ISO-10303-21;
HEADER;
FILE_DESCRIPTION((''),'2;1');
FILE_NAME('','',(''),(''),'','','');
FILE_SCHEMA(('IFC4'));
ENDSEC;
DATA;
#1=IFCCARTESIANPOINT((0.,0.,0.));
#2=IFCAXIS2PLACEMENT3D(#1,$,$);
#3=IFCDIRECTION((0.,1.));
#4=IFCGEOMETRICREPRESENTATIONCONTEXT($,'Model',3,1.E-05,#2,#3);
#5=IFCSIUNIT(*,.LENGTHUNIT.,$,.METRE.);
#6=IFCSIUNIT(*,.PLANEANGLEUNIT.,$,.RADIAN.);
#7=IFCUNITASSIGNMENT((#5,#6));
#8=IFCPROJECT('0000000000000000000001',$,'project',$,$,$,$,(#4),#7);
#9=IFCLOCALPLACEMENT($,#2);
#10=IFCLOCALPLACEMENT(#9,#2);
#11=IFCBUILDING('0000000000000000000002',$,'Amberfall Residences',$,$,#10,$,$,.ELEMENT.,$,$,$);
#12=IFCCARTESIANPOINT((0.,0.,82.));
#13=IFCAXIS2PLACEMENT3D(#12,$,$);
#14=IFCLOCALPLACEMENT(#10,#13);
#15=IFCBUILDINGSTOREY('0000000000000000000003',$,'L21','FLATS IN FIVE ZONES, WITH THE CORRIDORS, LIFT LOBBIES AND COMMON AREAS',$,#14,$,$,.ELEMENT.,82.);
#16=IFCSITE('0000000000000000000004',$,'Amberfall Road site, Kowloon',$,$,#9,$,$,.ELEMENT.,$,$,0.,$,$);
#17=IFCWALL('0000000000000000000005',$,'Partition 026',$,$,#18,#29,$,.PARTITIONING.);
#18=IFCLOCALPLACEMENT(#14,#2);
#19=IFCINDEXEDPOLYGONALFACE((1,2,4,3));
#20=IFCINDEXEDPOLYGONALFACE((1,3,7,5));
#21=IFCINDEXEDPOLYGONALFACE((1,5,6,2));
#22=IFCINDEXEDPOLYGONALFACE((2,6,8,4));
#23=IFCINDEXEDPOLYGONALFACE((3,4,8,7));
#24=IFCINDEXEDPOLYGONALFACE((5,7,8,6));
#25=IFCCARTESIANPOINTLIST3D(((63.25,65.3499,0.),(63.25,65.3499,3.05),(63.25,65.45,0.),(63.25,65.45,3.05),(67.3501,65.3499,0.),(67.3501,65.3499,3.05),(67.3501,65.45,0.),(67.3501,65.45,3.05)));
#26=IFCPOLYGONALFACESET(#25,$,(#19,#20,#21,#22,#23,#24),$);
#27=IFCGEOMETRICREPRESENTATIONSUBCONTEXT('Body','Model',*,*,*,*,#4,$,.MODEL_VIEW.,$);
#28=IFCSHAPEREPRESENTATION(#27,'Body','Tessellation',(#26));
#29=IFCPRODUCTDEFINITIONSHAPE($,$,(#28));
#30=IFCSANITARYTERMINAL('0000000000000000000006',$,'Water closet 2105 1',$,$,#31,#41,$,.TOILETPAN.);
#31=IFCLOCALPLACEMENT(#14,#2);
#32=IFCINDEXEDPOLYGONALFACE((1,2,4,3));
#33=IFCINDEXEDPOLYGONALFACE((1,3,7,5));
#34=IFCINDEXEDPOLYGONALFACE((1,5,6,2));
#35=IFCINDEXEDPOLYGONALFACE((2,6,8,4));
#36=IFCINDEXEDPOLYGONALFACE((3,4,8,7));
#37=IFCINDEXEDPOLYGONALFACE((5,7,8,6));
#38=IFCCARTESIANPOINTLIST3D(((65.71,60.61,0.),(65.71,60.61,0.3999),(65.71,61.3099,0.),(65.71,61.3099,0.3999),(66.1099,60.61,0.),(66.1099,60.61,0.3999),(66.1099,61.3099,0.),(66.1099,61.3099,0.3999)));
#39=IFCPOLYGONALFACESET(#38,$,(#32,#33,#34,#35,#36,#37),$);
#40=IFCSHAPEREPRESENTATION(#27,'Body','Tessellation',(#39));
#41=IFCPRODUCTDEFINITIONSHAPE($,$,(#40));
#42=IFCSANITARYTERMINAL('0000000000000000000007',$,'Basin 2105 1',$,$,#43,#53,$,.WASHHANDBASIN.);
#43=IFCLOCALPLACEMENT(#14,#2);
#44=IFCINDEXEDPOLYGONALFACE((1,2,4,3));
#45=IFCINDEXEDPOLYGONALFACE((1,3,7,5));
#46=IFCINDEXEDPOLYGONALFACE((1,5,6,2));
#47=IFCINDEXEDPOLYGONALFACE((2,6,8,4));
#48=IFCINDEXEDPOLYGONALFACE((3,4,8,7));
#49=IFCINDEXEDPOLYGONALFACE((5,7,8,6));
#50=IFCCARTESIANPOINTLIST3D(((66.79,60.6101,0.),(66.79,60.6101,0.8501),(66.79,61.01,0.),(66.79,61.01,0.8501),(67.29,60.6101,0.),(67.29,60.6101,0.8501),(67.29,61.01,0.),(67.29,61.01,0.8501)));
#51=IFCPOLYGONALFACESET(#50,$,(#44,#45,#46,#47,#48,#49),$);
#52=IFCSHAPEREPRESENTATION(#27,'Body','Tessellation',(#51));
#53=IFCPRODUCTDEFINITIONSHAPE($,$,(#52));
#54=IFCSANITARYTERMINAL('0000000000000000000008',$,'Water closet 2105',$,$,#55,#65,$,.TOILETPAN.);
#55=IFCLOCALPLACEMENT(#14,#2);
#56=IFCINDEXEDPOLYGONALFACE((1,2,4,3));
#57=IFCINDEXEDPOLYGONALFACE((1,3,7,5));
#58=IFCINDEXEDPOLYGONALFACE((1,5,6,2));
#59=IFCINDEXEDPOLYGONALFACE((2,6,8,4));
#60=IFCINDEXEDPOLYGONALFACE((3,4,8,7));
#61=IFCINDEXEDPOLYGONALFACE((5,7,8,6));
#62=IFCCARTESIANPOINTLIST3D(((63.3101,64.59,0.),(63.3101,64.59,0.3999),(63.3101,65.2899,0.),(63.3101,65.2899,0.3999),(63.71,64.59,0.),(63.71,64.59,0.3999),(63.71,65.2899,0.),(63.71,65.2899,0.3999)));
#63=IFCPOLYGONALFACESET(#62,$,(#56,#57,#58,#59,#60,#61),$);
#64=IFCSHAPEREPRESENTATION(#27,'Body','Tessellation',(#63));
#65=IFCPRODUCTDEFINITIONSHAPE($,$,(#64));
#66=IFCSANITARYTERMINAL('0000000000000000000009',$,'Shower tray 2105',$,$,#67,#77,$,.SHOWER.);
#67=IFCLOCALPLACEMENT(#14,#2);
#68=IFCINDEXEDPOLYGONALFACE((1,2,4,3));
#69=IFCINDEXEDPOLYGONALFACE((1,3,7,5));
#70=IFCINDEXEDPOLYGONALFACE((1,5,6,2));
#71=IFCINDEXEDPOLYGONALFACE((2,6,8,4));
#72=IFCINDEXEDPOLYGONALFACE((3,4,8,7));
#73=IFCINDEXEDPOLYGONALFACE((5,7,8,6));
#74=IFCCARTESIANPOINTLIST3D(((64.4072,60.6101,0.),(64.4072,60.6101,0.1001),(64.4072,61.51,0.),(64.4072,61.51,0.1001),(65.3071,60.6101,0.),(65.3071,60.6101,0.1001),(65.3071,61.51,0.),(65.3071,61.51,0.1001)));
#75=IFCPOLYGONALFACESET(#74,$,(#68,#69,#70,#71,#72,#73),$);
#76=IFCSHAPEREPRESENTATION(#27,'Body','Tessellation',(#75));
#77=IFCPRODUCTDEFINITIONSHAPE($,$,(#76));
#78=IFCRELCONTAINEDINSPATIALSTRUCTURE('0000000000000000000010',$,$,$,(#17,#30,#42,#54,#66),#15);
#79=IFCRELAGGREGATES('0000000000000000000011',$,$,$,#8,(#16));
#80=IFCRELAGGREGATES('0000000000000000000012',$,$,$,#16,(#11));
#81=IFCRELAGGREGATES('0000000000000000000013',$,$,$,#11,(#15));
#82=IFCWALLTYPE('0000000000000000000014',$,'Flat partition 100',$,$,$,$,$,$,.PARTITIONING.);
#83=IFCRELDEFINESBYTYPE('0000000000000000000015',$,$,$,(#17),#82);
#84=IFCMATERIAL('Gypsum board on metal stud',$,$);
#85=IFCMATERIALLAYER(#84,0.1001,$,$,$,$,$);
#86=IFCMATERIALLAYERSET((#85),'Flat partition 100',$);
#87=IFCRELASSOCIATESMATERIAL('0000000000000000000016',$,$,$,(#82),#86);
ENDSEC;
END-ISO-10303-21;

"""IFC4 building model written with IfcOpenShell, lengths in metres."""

from ifc_helpers import new_model, si_unit, direction, frame, frame_2d, origin, origin_2d, place, context, subcontext, project, spatial, rectangle, extrude, material, layer, layer_set, type_object, element, save


model = new_model("IFC4")

# Units and contexts
model_context = context("Model", 3, precision=1e-05, world=origin(), true_north=direction((0.0, 1.0)))
body_context = subcontext(model_context, "Body", "Model", "MODEL_VIEW")
ifc_project = project(units=[si_unit("LENGTHUNIT", "METRE"), si_unit("PLANEANGLEUNIT", "RADIAN")], contexts=[model_context])

# Site, building, storey
site_placement = place(None, origin())
site = spatial("IfcSite", under=ifc_project, at=site_placement, Name="Amberfall Road site, Kowloon", CompositionType="ELEMENT", RefElevation=0.0)
building_placement = place(site_placement, origin())
building = spatial("IfcBuilding", under=site, at=building_placement, Name="Amberfall Residences", CompositionType="ELEMENT")
storey_placement = place(building_placement, frame((0.0, 0.0, 82.0)))
storey = spatial("IfcBuildingStorey", under=building, at=storey_placement, Name="L21", Description="FLATS IN FIVE ZONES, WITH THE CORRIDORS, LIFT LOBBIES AND COMMON AREAS", CompositionType="ELEMENT", Elevation=82.0)

# Wall
ifc_material_1 = material(Name="Gypsum board on metal stud")
ifc_layer_1 = layer(ifc_material_1, 0.1001)
ifc_layer_set_1 = layer_set([ifc_layer_1], Name="Flat partition 100")
wall_type = type_object("IfcWallType", Name="Flat partition 100", PredefinedType="PARTITIONING", material=ifc_layer_set_1)
wall_placement = place(storey_placement, frame((63.25, 65.3999, 0.0), z_axis=(0.0, 0.0, 1.0), x_axis=(1.0, 0.0, 0.0)))
element("IfcWall", 1, at=wall_placement, inside=storey, type_object=wall_type, Name="Partition 026", PredefinedType="PARTITIONING", context=body_context, shape_type="SweptSolid", body=[
    extrude(rectangle(XDim=4.1001, YDim=0.1001, at=frame_2d((2.05, 0.0))), origin(), (0.0, 0.0, 1.0), 3.05),
])

# Sanitary terminals
sanitary_terminal_1_placement = place(storey_placement, frame((65.9099, 60.96, 0.0), z_axis=(0.0, 0.0, 1.0), x_axis=(1.0, 0.0, 0.0)))
element("IfcSanitaryTerminal", 2, at=sanitary_terminal_1_placement, inside=storey, Name="Water closet 2105 1", PredefinedType="TOILETPAN", context=body_context, shape_type="SweptSolid", body=[
    extrude(rectangle(XDim=0.3999, YDim=0.7, at=origin_2d()), origin(), (0.0, 0.0, 1.0), 0.3999),
])
sanitary_terminal_2_placement = place(storey_placement, frame((67.04, 60.8101, 0.0), z_axis=(0.0, 0.0, 1.0), x_axis=(1.0, 0.0, 0.0)))
element("IfcSanitaryTerminal", 3, at=sanitary_terminal_2_placement, inside=storey, Name="Basin 2105 1", PredefinedType="WASHHANDBASIN", context=body_context, shape_type="SweptSolid", body=[
    extrude(rectangle(XDim=0.5, YDim=0.3999, at=origin_2d()), origin(), (0.0, 0.0, 1.0), 0.8501),
])
sanitary_terminal_3_placement = place(storey_placement, frame((63.51, 64.9399, 0.0), z_axis=(0.0, 0.0, 1.0), x_axis=(1.0, 0.0, 0.0)))
element("IfcSanitaryTerminal", 4, at=sanitary_terminal_3_placement, inside=storey, Name="Water closet 2105", PredefinedType="TOILETPAN", context=body_context, shape_type="SweptSolid", body=[
    extrude(rectangle(XDim=0.3999, YDim=0.7, at=origin_2d()), origin(), (0.0, 0.0, 1.0), 0.3999),
])
sanitary_terminal_4_placement = place(storey_placement, frame((64.8572, 61.0601, 0.0), z_axis=(0.0, 0.0, 1.0), x_axis=(1.0, 0.0, 0.0)))
element("IfcSanitaryTerminal", 5, at=sanitary_terminal_4_placement, inside=storey, Name="Shower tray 2105", PredefinedType="SHOWER", context=body_context, shape_type="SweptSolid", body=[
    extrude(rectangle(XDim=0.8999, YDim=0.8999, at=origin_2d()), origin(), (0.0, 0.0, 1.0), 0.1001),
])

save(model, "model.ifc")
